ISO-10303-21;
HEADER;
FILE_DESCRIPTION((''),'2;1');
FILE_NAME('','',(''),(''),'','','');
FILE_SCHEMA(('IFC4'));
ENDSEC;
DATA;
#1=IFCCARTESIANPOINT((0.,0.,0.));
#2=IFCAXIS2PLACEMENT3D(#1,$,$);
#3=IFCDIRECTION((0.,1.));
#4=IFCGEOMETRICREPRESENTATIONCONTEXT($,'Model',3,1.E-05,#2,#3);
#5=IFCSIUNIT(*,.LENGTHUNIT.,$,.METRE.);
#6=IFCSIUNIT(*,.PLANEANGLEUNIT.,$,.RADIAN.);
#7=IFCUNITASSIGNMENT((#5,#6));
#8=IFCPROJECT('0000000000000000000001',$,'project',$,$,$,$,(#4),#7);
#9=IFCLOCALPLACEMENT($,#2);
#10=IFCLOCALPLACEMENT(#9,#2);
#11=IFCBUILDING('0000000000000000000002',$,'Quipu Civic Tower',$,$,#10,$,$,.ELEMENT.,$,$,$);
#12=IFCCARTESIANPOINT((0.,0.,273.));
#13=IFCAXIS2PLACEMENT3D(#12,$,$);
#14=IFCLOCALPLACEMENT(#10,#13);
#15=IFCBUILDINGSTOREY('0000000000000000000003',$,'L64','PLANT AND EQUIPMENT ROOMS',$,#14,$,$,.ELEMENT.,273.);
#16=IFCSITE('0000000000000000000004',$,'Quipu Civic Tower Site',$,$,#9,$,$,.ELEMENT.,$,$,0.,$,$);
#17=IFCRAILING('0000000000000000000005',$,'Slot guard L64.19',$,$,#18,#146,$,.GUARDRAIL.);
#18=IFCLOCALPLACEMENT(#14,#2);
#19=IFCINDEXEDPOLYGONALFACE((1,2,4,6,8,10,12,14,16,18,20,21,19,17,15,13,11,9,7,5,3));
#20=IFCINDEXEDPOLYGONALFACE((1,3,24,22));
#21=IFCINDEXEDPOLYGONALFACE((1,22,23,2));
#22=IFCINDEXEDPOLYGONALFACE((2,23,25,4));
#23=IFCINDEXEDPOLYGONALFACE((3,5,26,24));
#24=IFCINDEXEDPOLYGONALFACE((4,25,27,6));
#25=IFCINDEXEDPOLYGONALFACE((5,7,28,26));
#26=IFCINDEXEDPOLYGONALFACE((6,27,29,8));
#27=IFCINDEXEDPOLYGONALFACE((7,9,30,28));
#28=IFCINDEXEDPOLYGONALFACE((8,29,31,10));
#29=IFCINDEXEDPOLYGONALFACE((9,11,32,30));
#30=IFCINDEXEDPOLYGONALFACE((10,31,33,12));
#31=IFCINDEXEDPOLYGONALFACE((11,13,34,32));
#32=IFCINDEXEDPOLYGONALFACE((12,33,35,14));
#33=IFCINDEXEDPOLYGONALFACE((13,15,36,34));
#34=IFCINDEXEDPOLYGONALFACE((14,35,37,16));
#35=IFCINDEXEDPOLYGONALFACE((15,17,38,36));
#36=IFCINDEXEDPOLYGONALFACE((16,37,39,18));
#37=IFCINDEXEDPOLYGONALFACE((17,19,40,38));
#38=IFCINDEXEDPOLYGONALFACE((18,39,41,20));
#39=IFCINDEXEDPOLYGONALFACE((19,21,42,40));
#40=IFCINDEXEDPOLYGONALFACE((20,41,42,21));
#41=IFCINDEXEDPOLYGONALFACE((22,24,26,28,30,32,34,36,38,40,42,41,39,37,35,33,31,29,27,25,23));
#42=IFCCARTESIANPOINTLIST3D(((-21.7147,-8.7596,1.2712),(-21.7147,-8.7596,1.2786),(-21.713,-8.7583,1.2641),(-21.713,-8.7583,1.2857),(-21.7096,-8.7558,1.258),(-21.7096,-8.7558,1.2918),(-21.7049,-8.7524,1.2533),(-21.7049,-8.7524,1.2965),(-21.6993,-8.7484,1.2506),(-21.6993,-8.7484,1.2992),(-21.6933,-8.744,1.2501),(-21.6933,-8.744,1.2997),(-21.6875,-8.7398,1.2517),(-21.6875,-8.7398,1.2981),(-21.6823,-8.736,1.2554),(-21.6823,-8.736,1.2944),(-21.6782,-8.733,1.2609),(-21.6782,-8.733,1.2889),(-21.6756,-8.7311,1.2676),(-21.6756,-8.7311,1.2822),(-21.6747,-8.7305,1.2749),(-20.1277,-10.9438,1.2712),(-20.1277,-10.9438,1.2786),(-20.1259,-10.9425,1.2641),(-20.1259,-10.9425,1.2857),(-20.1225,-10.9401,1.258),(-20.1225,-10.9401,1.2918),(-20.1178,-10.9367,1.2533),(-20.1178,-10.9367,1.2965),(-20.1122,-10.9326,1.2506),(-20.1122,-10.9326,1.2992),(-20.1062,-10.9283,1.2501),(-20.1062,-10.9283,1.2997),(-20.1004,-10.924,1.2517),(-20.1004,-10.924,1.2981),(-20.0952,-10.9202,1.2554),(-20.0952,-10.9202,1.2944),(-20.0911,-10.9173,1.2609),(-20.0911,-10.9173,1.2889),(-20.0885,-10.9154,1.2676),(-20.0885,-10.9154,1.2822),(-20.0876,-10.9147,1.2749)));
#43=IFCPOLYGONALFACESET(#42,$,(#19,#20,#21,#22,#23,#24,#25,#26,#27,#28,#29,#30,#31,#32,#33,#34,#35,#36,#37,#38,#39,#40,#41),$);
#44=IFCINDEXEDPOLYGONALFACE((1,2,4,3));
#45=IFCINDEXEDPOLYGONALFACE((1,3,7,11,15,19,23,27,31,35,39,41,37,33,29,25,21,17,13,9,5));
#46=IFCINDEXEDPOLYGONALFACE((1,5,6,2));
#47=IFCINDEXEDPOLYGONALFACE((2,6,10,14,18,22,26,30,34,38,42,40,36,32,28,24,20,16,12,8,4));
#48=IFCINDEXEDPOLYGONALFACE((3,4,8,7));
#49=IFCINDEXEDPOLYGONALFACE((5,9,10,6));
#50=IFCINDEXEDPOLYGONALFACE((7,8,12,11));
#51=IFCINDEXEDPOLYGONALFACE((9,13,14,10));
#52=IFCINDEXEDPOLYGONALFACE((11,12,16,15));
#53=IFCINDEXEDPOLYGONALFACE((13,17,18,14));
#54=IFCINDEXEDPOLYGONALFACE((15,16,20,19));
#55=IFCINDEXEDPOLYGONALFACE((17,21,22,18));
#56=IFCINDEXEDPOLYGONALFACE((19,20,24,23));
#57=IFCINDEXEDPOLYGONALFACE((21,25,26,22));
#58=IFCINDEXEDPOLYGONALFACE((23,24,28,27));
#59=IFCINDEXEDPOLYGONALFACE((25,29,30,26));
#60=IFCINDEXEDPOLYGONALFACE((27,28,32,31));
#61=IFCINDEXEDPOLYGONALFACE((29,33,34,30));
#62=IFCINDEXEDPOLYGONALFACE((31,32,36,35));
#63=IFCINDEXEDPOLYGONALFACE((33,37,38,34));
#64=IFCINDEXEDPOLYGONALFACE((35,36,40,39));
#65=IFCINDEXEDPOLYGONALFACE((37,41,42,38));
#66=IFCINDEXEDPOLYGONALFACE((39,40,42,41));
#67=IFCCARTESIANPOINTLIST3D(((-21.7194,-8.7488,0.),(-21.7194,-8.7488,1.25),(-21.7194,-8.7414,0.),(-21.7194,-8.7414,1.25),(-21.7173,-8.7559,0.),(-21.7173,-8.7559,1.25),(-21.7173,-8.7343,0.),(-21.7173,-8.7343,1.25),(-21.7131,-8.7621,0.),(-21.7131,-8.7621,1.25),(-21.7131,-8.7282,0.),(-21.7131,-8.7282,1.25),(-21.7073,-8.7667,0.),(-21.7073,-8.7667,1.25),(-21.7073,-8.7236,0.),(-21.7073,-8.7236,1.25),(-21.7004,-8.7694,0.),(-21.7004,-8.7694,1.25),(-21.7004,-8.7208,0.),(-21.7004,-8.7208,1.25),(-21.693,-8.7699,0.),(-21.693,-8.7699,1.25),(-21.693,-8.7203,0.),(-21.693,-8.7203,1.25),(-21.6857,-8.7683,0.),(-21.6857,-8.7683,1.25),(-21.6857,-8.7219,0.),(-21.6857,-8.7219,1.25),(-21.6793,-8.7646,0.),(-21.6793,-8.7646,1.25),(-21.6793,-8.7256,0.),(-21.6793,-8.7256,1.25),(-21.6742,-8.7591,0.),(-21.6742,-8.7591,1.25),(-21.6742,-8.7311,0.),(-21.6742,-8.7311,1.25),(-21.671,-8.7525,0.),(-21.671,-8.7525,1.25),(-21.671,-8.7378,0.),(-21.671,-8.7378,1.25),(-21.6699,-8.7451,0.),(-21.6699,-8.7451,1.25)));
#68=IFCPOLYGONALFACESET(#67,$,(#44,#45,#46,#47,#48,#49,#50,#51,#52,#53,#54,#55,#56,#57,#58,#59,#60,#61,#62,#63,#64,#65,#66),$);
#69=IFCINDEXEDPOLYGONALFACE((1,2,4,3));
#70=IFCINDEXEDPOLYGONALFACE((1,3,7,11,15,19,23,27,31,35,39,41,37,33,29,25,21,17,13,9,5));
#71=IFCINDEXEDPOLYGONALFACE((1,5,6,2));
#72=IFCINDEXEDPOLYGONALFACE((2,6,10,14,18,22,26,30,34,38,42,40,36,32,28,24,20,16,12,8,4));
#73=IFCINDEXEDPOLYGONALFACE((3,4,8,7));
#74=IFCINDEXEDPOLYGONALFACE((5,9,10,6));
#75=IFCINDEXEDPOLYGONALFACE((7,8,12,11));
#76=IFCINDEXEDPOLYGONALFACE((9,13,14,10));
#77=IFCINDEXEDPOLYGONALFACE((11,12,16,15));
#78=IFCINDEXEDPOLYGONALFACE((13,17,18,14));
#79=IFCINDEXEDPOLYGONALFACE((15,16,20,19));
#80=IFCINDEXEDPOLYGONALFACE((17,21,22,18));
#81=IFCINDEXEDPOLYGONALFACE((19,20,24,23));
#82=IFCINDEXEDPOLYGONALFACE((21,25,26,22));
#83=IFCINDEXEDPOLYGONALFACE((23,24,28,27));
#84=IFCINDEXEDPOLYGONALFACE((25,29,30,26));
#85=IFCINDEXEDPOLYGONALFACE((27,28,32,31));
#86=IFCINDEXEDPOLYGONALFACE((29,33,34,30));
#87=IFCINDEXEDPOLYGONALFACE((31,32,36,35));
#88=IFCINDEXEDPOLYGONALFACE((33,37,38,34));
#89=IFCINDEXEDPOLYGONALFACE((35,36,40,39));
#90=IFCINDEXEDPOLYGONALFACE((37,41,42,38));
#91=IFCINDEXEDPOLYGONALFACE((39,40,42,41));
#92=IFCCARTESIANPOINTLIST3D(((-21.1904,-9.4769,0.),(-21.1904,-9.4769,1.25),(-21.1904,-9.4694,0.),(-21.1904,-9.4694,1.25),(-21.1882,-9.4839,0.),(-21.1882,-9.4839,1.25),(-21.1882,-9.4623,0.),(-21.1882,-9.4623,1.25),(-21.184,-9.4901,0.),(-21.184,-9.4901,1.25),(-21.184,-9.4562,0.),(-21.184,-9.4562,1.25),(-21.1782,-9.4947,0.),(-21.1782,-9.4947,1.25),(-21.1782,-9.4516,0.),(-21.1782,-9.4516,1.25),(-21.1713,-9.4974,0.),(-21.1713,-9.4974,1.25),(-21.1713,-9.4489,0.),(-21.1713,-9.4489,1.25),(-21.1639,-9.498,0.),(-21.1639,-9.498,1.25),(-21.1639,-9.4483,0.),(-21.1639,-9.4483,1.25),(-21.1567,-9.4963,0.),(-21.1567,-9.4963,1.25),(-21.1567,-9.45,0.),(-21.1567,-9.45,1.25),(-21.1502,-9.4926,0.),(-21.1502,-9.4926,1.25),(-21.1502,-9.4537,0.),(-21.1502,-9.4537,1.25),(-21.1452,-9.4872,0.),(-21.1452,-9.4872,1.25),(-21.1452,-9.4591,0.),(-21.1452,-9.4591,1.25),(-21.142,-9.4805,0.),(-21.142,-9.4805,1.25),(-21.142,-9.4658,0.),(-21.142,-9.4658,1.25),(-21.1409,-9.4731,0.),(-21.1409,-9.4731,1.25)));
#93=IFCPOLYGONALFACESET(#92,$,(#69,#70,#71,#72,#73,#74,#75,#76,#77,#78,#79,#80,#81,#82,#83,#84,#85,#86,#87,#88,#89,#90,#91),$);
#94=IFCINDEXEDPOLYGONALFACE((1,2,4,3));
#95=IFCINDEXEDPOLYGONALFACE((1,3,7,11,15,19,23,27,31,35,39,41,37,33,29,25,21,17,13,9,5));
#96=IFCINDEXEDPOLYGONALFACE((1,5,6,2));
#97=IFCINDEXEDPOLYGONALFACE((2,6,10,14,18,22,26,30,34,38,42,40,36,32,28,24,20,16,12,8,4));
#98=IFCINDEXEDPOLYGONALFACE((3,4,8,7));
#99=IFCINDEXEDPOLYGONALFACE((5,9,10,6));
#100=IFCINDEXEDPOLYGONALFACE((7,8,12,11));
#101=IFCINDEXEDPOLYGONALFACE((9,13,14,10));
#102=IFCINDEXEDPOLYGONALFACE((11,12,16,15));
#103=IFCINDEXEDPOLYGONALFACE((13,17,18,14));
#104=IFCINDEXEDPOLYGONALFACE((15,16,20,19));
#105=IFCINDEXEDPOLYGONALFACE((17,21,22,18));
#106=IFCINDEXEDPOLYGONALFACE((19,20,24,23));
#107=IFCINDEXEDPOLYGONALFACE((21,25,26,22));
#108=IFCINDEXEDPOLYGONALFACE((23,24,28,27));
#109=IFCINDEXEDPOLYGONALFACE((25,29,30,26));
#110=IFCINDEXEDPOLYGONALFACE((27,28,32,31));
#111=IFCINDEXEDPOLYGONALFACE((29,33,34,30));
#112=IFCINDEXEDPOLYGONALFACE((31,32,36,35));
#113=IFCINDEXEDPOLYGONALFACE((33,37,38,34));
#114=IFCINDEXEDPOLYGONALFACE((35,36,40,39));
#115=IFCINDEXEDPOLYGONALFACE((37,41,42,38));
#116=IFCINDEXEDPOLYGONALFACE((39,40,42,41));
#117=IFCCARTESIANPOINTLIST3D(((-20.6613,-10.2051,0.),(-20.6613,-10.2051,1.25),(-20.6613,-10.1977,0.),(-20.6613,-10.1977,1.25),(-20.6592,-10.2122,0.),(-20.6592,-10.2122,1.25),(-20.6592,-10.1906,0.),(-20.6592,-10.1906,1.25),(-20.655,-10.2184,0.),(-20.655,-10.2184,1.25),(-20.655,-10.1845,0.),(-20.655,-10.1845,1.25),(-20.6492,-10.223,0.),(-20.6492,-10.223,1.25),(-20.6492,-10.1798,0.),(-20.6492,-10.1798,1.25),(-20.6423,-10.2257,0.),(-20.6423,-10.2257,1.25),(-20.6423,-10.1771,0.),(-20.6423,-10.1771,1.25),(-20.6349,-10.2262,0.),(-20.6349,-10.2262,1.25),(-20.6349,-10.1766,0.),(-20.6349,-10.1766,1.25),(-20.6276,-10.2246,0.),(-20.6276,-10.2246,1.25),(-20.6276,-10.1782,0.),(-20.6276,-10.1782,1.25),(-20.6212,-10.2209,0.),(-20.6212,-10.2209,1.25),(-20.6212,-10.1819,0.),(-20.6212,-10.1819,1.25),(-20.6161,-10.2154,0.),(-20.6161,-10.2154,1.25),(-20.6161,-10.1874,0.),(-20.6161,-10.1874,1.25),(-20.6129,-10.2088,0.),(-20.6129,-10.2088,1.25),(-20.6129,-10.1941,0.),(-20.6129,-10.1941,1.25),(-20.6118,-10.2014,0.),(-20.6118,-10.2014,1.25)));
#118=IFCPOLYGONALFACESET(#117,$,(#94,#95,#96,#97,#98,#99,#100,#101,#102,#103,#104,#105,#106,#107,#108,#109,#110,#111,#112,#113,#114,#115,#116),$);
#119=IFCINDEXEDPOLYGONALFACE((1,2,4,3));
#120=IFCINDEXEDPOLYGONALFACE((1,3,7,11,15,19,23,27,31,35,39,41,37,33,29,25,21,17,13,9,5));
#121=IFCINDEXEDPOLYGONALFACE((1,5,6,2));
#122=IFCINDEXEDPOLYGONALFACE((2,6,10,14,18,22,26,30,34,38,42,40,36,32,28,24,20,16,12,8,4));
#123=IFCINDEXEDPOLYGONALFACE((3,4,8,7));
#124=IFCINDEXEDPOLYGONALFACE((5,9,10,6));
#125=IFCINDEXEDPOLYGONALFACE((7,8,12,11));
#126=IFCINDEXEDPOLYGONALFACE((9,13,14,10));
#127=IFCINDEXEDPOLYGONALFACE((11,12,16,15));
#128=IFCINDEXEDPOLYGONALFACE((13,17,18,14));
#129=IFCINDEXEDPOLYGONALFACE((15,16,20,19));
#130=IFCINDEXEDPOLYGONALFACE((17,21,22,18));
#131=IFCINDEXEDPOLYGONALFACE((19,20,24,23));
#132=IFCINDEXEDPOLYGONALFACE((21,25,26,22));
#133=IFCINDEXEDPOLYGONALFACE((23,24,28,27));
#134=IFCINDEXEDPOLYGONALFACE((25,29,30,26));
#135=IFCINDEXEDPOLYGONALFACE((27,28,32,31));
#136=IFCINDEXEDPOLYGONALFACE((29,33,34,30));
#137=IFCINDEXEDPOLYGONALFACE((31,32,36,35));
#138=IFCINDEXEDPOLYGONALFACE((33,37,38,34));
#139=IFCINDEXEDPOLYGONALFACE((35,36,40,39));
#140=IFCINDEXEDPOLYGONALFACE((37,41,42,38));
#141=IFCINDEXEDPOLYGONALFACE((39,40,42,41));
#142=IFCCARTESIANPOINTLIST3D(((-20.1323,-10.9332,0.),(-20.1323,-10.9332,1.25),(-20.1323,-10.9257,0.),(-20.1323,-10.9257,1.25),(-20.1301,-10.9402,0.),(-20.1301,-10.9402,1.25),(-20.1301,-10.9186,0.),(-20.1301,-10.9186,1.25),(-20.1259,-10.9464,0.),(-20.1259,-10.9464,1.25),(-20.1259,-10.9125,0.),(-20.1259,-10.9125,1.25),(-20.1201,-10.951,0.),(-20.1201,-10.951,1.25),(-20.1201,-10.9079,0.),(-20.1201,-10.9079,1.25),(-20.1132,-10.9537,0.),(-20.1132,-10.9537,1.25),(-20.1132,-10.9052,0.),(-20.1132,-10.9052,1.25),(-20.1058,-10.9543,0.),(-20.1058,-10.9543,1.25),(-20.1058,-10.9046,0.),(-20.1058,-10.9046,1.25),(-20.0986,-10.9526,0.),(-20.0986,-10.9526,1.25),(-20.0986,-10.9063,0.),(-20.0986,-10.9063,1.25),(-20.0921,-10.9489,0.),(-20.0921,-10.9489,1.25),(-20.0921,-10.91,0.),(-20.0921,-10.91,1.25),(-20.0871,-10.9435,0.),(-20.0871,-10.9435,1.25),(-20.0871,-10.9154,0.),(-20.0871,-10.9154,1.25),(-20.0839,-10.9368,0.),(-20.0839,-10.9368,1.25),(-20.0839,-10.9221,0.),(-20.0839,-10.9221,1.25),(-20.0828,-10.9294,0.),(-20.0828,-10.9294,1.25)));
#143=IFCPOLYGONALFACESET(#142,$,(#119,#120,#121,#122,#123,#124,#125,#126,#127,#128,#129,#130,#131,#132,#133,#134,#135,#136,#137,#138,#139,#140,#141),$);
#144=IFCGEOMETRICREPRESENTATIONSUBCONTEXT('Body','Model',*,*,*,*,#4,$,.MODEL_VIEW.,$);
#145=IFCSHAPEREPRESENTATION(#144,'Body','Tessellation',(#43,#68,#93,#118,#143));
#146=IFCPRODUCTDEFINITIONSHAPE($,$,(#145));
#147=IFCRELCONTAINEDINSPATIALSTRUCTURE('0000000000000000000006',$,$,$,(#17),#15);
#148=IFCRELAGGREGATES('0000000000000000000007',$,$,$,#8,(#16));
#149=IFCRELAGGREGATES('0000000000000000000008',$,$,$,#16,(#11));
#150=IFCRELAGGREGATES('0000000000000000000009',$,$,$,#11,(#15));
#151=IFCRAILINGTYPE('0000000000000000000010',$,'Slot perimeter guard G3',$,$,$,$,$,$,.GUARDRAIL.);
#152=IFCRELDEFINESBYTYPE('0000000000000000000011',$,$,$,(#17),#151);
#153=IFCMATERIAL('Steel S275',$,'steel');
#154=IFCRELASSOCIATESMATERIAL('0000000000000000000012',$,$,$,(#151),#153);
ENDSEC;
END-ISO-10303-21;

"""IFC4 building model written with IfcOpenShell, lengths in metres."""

from ifc_helpers import new_model, si_unit, direction, frame, origin, origin_2d, place, context, subcontext, project, spatial, circle, extrude, material, type_object, element, save


model = new_model("IFC4")

# Units and contexts
model_context = context("Model", 3, precision=1e-05, world=origin(), true_north=direction((0.0, 1.0)))
body_context = subcontext(model_context, "Body", "Model", "MODEL_VIEW")
ifc_project = project(units=[si_unit("LENGTHUNIT", "METRE"), si_unit("PLANEANGLEUNIT", "RADIAN")], contexts=[model_context])

# Site, building, storey
site_placement = place(None, origin())
site = spatial("IfcSite", under=ifc_project, at=site_placement, Name="Quipu Civic Tower Site", CompositionType="ELEMENT", RefElevation=0.0)
building_placement = place(site_placement, origin())
building = spatial("IfcBuilding", under=site, at=building_placement, Name="Quipu Civic Tower", CompositionType="ELEMENT")
storey_placement = place(building_placement, frame((0.0, 0.0, 273.0)))
storey = spatial("IfcBuildingStorey", under=building, at=storey_placement, Name="L64", Description="PLANT AND EQUIPMENT ROOMS", CompositionType="ELEMENT", Elevation=273.0)

# Railing
ifc_material_1 = material(Name="Steel S275", Category="steel")
railing_type = type_object("IfcRailingType", Name="Slot perimeter guard G3", PredefinedType="GUARDRAIL", material=ifc_material_1)
railing_1_placement = place(storey_placement, frame((-21.6948, -8.7451, 0.0)))
element("IfcRailing", 1, at=railing_1_placement, inside=storey, type_object=railing_type, Name="Slot guard L64.19", PredefinedType="GUARDRAIL", context=body_context, shape_type="SweptSolid", body=[
    extrude(circle(Radius=0.0249, at=origin_2d()), frame((0.0, 0.0, 1.2749), z_axis=(0.587822, -0.80899, 0.0), x_axis=(0.80899, 0.587822, 0.0)), (0.0, 0.0, 1.0), 2.7),
    extrude(circle(Radius=0.0249, at=origin_2d()), origin(), (0.0, 0.0, 1.0), 1.25),
    extrude(circle(Radius=0.0249, at=origin_2d()), frame((0.5291, -0.728, 0.0)), (0.0, 0.0, 1.0), 1.25),
    extrude(circle(Radius=0.0249, at=origin_2d()), frame((1.0581, -1.4563, 0.0)), (0.0, 0.0, 1.0), 1.25),
    extrude(circle(Radius=0.0249, at=origin_2d()), frame((1.5872, -2.1843, 0.0)), (0.0, 0.0, 1.0), 1.25),
])

save(model, "model.ifc")
